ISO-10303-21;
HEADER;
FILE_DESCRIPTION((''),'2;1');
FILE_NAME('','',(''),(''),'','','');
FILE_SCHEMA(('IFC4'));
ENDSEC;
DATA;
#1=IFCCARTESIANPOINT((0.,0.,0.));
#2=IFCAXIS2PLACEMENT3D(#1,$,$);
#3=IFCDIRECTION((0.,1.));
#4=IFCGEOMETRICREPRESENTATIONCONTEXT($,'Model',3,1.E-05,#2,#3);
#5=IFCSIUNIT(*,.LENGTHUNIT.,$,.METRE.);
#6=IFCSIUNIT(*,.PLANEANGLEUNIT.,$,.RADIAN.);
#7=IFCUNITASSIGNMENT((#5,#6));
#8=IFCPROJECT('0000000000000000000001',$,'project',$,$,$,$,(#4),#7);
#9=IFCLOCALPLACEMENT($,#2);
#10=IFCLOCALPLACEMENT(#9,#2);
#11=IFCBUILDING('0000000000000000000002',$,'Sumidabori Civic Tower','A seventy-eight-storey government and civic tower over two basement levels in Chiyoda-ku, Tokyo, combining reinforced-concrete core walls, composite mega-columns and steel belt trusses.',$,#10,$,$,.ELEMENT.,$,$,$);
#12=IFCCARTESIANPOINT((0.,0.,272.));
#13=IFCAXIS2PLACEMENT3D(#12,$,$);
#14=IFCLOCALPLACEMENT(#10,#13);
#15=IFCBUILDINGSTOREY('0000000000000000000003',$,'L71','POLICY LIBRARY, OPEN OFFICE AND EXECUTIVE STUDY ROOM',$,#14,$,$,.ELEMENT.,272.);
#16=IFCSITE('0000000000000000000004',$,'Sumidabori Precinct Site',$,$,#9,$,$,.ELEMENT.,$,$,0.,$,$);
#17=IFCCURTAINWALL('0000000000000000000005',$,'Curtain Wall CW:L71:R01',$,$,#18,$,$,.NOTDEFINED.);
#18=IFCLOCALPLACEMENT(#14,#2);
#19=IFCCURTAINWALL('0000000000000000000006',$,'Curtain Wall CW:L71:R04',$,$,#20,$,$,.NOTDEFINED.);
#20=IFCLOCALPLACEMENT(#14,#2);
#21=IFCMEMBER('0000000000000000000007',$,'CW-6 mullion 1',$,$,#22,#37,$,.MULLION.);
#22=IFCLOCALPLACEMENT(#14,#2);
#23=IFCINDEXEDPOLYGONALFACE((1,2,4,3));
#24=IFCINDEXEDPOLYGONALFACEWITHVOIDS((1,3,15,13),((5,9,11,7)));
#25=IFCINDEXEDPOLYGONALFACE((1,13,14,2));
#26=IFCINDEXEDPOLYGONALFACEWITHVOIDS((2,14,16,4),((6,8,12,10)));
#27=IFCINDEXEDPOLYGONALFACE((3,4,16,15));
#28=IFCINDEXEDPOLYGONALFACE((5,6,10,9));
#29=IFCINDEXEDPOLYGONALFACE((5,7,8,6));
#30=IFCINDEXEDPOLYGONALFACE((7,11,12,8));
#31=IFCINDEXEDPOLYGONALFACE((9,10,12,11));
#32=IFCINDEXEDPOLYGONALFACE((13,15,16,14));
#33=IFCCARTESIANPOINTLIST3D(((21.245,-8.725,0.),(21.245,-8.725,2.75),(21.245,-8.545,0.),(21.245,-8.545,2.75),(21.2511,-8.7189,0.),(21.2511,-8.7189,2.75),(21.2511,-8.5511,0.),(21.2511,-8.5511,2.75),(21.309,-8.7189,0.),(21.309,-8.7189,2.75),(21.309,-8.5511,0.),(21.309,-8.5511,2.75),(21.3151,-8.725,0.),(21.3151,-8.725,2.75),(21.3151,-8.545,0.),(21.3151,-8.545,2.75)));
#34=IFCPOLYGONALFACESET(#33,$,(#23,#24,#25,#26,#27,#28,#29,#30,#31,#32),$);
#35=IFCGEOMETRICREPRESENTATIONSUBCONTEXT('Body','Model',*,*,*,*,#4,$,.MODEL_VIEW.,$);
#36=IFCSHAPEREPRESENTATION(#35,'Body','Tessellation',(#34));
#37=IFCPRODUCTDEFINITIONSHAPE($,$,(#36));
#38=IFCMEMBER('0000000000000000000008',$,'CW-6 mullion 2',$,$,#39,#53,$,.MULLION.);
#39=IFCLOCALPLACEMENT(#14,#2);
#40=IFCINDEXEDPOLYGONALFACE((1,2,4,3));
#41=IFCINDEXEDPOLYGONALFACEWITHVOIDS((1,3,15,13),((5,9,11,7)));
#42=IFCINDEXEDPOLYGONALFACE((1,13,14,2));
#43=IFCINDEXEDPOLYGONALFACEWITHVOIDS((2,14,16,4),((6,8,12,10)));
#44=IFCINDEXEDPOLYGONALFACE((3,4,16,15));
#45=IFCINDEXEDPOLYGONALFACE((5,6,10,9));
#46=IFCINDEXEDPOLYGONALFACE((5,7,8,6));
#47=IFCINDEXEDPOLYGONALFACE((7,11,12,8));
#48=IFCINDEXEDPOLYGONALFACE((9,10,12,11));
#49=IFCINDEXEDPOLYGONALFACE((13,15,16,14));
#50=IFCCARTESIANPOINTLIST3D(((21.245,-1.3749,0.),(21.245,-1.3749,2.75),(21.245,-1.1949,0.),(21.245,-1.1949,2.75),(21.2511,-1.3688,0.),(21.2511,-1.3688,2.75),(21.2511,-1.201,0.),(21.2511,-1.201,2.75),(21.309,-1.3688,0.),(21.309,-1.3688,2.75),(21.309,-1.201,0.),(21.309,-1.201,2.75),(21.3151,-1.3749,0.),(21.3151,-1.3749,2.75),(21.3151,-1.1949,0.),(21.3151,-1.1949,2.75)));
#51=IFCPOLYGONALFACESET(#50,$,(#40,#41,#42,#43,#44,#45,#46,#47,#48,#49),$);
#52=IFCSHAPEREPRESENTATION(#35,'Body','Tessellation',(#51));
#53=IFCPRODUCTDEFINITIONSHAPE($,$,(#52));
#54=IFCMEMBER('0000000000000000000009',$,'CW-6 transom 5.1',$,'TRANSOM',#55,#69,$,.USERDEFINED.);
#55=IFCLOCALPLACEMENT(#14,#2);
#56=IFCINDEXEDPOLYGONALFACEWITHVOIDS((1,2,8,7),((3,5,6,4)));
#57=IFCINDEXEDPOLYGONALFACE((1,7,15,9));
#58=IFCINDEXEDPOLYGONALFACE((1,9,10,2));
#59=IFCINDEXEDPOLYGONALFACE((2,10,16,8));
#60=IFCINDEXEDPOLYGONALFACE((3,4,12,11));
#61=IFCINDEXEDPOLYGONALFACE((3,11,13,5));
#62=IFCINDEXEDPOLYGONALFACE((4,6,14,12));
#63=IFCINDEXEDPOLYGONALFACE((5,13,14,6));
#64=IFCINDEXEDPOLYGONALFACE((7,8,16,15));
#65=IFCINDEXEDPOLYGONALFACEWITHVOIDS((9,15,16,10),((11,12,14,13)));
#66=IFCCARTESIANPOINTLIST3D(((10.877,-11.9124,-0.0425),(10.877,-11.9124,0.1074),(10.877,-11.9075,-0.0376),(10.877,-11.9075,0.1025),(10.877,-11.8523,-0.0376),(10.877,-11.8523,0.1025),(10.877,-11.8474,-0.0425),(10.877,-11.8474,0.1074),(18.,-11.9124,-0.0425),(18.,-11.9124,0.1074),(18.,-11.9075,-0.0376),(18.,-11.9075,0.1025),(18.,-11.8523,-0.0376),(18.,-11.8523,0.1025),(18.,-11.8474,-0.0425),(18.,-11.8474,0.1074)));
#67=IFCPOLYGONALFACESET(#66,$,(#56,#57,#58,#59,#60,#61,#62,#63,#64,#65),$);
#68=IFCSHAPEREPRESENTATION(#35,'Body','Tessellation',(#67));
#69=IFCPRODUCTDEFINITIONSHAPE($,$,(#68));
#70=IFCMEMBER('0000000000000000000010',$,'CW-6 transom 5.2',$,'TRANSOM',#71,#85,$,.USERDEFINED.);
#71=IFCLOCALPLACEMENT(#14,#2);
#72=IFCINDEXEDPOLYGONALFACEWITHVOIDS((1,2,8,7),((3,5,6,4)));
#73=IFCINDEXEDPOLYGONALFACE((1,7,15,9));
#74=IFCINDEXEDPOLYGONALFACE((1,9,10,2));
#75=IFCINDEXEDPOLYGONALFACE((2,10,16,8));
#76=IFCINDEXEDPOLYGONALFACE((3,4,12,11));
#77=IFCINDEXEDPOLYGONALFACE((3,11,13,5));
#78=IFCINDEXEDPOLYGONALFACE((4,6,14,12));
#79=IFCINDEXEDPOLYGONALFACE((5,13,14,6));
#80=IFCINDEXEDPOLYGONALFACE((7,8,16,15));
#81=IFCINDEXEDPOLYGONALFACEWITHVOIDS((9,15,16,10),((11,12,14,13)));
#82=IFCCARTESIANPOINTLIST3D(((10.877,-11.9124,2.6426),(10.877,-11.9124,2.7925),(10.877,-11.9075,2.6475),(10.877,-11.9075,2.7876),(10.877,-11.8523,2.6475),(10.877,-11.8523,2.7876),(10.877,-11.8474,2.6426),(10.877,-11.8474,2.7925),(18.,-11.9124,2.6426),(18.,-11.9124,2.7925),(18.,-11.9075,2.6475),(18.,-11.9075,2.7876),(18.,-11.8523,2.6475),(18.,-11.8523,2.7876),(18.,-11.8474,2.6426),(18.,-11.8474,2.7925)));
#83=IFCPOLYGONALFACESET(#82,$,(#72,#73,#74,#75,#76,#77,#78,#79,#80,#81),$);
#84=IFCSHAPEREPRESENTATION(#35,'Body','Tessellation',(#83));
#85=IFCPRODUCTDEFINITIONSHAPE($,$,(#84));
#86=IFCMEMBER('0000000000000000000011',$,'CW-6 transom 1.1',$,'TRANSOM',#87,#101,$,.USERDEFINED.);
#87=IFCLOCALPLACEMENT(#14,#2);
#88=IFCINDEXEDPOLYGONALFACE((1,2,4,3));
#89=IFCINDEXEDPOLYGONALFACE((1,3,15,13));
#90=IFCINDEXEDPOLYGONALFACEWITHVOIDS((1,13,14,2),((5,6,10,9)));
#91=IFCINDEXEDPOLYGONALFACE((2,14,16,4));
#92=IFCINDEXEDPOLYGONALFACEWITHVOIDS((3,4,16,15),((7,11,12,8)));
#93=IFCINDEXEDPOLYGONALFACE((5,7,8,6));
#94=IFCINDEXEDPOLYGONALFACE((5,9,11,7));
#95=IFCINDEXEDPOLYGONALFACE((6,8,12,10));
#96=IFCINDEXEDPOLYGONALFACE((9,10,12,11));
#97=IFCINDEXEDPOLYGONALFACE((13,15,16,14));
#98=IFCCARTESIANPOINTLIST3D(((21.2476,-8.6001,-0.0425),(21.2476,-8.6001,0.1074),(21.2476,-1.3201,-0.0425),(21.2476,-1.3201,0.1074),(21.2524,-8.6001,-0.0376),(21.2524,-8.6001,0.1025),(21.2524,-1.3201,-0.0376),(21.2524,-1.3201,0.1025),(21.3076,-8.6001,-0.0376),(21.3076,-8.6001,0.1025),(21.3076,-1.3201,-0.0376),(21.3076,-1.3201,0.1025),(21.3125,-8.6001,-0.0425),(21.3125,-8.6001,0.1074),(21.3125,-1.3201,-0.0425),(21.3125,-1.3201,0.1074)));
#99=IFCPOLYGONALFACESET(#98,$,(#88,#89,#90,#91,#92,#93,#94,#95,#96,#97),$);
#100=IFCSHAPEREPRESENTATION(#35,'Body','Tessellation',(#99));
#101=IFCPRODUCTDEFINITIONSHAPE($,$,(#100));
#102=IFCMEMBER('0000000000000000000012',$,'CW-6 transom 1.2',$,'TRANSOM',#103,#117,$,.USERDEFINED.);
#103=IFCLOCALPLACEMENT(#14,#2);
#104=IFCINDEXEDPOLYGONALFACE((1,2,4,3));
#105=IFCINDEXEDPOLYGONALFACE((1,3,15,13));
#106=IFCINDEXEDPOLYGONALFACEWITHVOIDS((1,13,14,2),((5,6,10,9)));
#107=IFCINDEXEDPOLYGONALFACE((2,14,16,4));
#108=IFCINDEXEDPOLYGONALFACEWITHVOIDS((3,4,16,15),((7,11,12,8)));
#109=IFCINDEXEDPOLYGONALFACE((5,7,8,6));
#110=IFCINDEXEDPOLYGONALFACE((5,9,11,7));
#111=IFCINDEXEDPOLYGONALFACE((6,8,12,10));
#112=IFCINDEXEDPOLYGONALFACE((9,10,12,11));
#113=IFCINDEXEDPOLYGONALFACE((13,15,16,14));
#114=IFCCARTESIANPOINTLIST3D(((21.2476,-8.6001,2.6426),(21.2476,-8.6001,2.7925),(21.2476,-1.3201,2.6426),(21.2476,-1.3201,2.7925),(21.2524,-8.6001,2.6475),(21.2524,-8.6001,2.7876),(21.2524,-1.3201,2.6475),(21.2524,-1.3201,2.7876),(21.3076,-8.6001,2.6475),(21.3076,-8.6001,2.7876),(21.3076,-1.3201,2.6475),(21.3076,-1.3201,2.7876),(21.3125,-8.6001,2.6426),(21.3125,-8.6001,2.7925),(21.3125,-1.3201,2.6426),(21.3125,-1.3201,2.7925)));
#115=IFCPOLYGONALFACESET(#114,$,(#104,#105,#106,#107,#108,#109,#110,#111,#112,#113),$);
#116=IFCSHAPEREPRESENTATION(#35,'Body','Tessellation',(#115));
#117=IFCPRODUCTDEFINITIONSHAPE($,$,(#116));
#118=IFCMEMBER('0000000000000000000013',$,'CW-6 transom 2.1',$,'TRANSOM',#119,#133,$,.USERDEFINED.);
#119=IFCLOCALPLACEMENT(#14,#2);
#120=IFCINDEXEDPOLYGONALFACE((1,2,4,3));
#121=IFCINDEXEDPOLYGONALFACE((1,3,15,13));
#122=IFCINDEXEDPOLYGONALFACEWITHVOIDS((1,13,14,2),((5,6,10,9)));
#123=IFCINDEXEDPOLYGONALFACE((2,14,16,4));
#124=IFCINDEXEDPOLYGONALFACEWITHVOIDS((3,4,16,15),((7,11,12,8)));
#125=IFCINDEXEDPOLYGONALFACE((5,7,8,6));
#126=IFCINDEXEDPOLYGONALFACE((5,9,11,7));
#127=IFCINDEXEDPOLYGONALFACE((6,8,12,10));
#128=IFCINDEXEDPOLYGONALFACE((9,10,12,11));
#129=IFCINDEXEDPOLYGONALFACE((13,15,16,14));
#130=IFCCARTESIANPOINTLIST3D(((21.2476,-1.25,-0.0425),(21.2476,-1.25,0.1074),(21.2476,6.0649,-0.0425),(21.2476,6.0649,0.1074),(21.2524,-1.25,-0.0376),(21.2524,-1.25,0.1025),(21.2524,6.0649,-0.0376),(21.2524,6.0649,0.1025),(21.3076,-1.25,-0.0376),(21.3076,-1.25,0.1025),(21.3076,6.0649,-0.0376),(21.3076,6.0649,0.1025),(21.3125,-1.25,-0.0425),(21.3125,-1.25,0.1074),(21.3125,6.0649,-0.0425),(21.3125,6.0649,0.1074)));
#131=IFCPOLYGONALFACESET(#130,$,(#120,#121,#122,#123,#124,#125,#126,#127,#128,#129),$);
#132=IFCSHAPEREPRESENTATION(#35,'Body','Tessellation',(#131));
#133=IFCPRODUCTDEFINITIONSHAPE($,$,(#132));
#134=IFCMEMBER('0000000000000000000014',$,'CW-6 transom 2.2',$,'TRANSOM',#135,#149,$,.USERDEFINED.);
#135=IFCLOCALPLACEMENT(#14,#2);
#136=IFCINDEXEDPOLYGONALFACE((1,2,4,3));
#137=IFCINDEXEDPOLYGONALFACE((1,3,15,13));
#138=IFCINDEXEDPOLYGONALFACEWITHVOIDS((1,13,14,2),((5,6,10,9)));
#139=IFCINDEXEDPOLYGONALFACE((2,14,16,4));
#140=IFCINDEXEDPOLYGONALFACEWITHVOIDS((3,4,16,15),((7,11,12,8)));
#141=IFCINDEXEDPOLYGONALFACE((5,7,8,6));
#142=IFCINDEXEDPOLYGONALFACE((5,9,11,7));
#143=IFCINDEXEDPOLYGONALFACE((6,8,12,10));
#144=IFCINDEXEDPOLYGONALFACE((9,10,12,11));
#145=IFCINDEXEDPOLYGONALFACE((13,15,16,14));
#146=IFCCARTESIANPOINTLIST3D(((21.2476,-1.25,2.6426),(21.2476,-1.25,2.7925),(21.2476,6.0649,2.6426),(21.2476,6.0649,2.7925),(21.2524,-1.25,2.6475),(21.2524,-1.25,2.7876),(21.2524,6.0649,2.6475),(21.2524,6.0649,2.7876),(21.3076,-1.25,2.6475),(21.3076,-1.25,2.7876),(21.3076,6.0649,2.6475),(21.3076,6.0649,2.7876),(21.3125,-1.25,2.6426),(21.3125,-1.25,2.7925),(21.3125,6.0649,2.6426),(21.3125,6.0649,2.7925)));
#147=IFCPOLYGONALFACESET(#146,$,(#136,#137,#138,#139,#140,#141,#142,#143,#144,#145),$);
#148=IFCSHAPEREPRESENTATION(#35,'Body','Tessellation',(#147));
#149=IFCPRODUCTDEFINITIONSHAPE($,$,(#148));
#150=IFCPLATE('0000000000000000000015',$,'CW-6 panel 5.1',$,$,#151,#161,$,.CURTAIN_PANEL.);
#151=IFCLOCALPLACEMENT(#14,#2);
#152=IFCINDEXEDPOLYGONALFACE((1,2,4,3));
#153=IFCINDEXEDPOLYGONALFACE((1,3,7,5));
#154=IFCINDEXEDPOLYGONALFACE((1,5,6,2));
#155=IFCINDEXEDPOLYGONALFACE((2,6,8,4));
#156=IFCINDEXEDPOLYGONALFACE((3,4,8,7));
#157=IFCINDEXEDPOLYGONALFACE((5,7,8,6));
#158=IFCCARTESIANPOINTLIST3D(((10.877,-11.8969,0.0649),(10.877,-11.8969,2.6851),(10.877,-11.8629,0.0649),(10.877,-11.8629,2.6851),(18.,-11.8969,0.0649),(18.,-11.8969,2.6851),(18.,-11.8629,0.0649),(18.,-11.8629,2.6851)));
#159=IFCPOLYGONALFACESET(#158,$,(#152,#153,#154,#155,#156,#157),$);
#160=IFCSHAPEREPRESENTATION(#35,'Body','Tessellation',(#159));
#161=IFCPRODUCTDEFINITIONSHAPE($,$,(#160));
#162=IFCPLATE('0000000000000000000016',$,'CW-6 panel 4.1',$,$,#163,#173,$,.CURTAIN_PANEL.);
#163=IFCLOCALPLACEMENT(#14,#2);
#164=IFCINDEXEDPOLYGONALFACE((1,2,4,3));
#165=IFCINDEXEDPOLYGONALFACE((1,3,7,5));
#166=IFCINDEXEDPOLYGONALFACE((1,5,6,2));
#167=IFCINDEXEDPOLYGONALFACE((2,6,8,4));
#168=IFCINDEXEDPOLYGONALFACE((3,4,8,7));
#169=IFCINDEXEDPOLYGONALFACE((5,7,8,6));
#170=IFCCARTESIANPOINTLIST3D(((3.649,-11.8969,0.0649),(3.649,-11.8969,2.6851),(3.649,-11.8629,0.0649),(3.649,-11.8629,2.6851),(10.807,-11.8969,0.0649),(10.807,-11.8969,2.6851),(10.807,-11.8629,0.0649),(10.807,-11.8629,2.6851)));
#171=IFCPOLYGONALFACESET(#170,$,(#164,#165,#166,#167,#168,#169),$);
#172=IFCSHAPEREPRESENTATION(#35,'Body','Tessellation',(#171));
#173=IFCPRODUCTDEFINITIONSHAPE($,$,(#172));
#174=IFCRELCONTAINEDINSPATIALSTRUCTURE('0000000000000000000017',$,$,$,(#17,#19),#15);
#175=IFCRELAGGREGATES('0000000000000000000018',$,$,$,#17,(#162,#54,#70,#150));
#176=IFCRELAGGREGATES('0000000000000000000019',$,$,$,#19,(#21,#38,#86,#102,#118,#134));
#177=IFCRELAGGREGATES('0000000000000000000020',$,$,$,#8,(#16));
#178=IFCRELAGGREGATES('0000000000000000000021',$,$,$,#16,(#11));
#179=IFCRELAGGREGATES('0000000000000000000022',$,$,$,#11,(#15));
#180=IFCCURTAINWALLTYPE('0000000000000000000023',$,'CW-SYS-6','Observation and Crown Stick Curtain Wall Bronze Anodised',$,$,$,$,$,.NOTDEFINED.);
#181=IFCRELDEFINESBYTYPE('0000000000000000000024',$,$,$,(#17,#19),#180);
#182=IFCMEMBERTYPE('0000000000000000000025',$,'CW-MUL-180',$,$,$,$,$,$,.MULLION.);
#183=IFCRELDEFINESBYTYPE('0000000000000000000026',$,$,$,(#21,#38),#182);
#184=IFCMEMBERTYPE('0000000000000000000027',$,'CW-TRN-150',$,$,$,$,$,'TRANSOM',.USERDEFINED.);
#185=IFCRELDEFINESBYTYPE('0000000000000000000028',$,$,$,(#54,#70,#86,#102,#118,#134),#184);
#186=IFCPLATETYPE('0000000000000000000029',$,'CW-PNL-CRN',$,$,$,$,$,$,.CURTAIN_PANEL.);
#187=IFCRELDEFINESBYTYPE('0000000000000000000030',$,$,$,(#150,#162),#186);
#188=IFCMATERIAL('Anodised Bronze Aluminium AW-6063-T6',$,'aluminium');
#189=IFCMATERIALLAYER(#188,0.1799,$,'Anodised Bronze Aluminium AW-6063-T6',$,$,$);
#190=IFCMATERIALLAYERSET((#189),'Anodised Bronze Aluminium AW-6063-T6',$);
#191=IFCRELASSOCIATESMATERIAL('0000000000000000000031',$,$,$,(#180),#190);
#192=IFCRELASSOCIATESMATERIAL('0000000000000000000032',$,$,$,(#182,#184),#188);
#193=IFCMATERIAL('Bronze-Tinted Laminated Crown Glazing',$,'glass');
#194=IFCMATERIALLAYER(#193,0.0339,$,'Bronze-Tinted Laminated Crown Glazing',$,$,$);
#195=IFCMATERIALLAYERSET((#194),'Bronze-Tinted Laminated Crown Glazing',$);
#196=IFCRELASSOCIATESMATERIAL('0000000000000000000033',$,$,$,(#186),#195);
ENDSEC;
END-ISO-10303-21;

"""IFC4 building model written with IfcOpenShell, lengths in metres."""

from ifc_helpers import new_model, si_unit, direction, frame, origin, origin_2d, place, context, subcontext, project, spatial, rectangle, hollow_rectangle, extrude, source, transform, mapped, material, layer, layer_set, material_profile, profile_set, type_object, element, aggregate, save


model = new_model("IFC4")

# Units and contexts
model_context = context("Model", 3, precision=1e-05, world=origin(), true_north=direction((0.0, 1.0)))
body_context = subcontext(model_context, "Body", "Model", "MODEL_VIEW")
ifc_project = project(units=[si_unit("LENGTHUNIT", "METRE"), si_unit("PLANEANGLEUNIT", "RADIAN")], contexts=[model_context])

# Site, building, storey
site_placement = place(None, origin())
site = spatial("IfcSite", under=ifc_project, at=site_placement, Name="Sumidabori Precinct Site", CompositionType="ELEMENT", RefElevation=0.0)
building_placement = place(site_placement, origin())
building = spatial("IfcBuilding", under=site, at=building_placement, Name="Sumidabori Civic Tower", Description="A seventy-eight-storey government and civic tower over two basement levels in Chiyoda-ku, Tokyo, combining reinforced-concrete core walls, composite mega-columns and steel belt trusses.", CompositionType="ELEMENT")
storey_placement = place(building_placement, frame((0.0, 0.0, 272.0)))
storey = spatial("IfcBuildingStorey", under=building, at=storey_placement, Name="L71", Description="POLICY LIBRARY, OPEN OFFICE AND EXECUTIVE STUDY ROOM", CompositionType="ELEMENT", Elevation=272.0)

# Curtain walls, members
ifc_material_1 = material(Name="Anodised Bronze Aluminium AW-6063-T6", Category="aluminium")
ifc_layer_1 = layer(ifc_material_1, 0.1799, Name="Anodised Bronze Aluminium AW-6063-T6")
ifc_layer_set_1 = layer_set([ifc_layer_1], Name="Anodised Bronze Aluminium AW-6063-T6")
curtain_wall_type = type_object("IfcCurtainWallType", Name="CW-SYS-6", Description="Observation and Crown Stick Curtain Wall Bronze Anodised", PredefinedType="NOTDEFINED", material=ifc_layer_set_1)
curtain_wall_1_placement = place(storey_placement, origin())
curtain_wall_1 = element("IfcCurtainWall", 1, at=curtain_wall_1_placement, inside=storey, type_object=curtain_wall_type, Name="Curtain Wall CW:L71:R01", PredefinedType="NOTDEFINED")
ifc_material_profile_1 = material_profile(ifc_material_1, hollow_rectangle(XDim=0.0701, YDim=0.1799, WallThickness=0.0061, at=origin_2d()), Name="ALU MULLION 180x70")
ifc_profile_set_1 = profile_set([ifc_material_profile_1], Name="Anodised Bronze Aluminium AW-6063-T6")
member_type_1 = type_object("IfcMemberType", Name="CW-MUL-180", PredefinedType="MULLION", material=ifc_profile_set_1)
shared_shape_1 = source(origin(), body_context, "Body", "SweptSolid", [
    extrude(hollow_rectangle(XDim=0.0701, YDim=0.1799, WallThickness=0.0061, at=origin_2d()), origin(), (0.0, 0.0, 1.0), 2.75),
])
curtain_wall_2_placement = place(storey_placement, origin())
curtain_wall_2 = element("IfcCurtainWall", 2, at=curtain_wall_2_placement, inside=storey, type_object=curtain_wall_type, Name="Curtain Wall CW:L71:R04", PredefinedType="NOTDEFINED")
member_1_placement = place(storey_placement, frame((21.28, -8.635, 0.0), z_axis=(0.0, 0.0, 1.0), x_axis=(-1.0, 0.0, 0.0)))
member_1 = element("IfcMember", 3, at=member_1_placement, type_object=member_type_1, Name="CW-6 mullion 1", PredefinedType="MULLION", context=body_context, shape_type="MappedRepresentation", body=[
    mapped(shared_shape_1, transform((0.0, 0.0, 0.0), x_axis=(1.0, 0.0, 0.0), y_axis=(0.0, 1.0, 0.0), z_axis=(0.0, 0.0, 1.0), scale=1.0)),
])
member_2_placement = place(storey_placement, frame((21.28, -1.2849, 0.0), z_axis=(0.0, 0.0, 1.0), x_axis=(-1.0, 0.0, 0.0)))
member_2 = element("IfcMember", 4, at=member_2_placement, type_object=member_type_1, Name="CW-6 mullion 2", PredefinedType="MULLION", context=body_context, shape_type="MappedRepresentation", body=[
    mapped(shared_shape_1, transform((0.0, 0.0, 0.0), x_axis=(1.0, 0.0, 0.0), y_axis=(0.0, 1.0, 0.0), z_axis=(0.0, 0.0, 1.0), scale=1.0)),
])

# Members
ifc_material_profile_2 = material_profile(ifc_material_1, hollow_rectangle(XDim=0.0649, YDim=0.1499, WallThickness=0.0049, at=origin_2d()), Name="ALU TRANSOM 150x65")
ifc_profile_set_2 = profile_set([ifc_material_profile_2], Name="Anodised Bronze Aluminium AW-6063-T6")
member_type_2 = type_object("IfcMemberType", Name="CW-TRN-150", ElementType="TRANSOM", PredefinedType="USERDEFINED", material=ifc_profile_set_2)
shared_shape_2 = source(origin(), body_context, "Body", "SweptSolid", [
    extrude(hollow_rectangle(XDim=0.0649, YDim=0.1499, WallThickness=0.0049, at=origin_2d()), origin(), (0.0, 0.0, 1.0), 7.123),
])
member_3_placement = place(storey_placement, frame((10.877, -11.8799, 0.0325), z_axis=(1.0, 0.0, 0.0), x_axis=(0.0, 1.0, 0.0)))
member_3 = element("IfcMember", 5, at=member_3_placement, type_object=member_type_2, Name="CW-6 transom 5.1", ObjectType="TRANSOM", PredefinedType="USERDEFINED", context=body_context, shape_type="MappedRepresentation", body=[
    mapped(shared_shape_2, transform((0.0, 0.0, 0.0), x_axis=(1.0, 0.0, 0.0), y_axis=(0.0, 1.0, 0.0), z_axis=(0.0, 0.0, 1.0), scale=1.0)),
])
member_4_placement = place(storey_placement, frame((10.877, -11.8799, 2.7175), z_axis=(1.0, 0.0, 0.0), x_axis=(0.0, 1.0, 0.0)))
member_4 = element("IfcMember", 6, at=member_4_placement, type_object=member_type_2, Name="CW-6 transom 5.2", ObjectType="TRANSOM", PredefinedType="USERDEFINED", context=body_context, shape_type="MappedRepresentation", body=[
    mapped(shared_shape_2, transform((0.0, 0.0, 0.0), x_axis=(1.0, 0.0, 0.0), y_axis=(0.0, 1.0, 0.0), z_axis=(0.0, 0.0, 1.0), scale=1.0)),
])
shared_shape_3 = source(origin(), body_context, "Body", "SweptSolid", [
    extrude(hollow_rectangle(XDim=0.0649, YDim=0.1499, WallThickness=0.0049, at=origin_2d()), origin(), (0.0, 0.0, 1.0), 7.28),
])
member_5_placement = place(storey_placement, frame((21.28, -8.6001, 0.0325), z_axis=(0.0, 1.0, 0.0), x_axis=(-1.0, 0.0, 0.0)))
member_5 = element("IfcMember", 7, at=member_5_placement, type_object=member_type_2, Name="CW-6 transom 1.1", ObjectType="TRANSOM", PredefinedType="USERDEFINED", context=body_context, shape_type="MappedRepresentation", body=[
    mapped(shared_shape_3, transform((0.0, 0.0, 0.0), x_axis=(1.0, 0.0, 0.0), y_axis=(0.0, 1.0, 0.0), z_axis=(0.0, 0.0, 1.0), scale=1.0)),
])
member_6_placement = place(storey_placement, frame((21.28, -8.6001, 2.7175), z_axis=(0.0, 1.0, 0.0), x_axis=(-1.0, 0.0, 0.0)))
member_6 = element("IfcMember", 8, at=member_6_placement, type_object=member_type_2, Name="CW-6 transom 1.2", ObjectType="TRANSOM", PredefinedType="USERDEFINED", context=body_context, shape_type="MappedRepresentation", body=[
    mapped(shared_shape_3, transform((0.0, 0.0, 0.0), x_axis=(1.0, 0.0, 0.0), y_axis=(0.0, 1.0, 0.0), z_axis=(0.0, 0.0, 1.0), scale=1.0)),
])
shared_shape_4 = source(origin(), body_context, "Body", "SweptSolid", [
    extrude(hollow_rectangle(XDim=0.0649, YDim=0.1499, WallThickness=0.0049, at=origin_2d()), origin(), (0.0, 0.0, 1.0), 7.3149),
])
member_7_placement = place(storey_placement, frame((21.28, -1.25, 0.0325), z_axis=(0.0, 1.0, 0.0), x_axis=(-1.0, 0.0, 0.0)))
member_7 = element("IfcMember", 9, at=member_7_placement, type_object=member_type_2, Name="CW-6 transom 2.1", ObjectType="TRANSOM", PredefinedType="USERDEFINED", context=body_context, shape_type="MappedRepresentation", body=[
    mapped(shared_shape_4, transform((0.0, 0.0, 0.0), x_axis=(1.0, 0.0, 0.0), y_axis=(0.0, 1.0, 0.0), z_axis=(0.0, 0.0, 1.0), scale=1.0)),
])
member_8_placement = place(storey_placement, frame((21.28, -1.25, 2.7175), z_axis=(0.0, 1.0, 0.0), x_axis=(-1.0, 0.0, 0.0)))
member_8 = element("IfcMember", 10, at=member_8_placement, type_object=member_type_2, Name="CW-6 transom 2.2", ObjectType="TRANSOM", PredefinedType="USERDEFINED", context=body_context, shape_type="MappedRepresentation", body=[
    mapped(shared_shape_4, transform((0.0, 0.0, 0.0), x_axis=(1.0, 0.0, 0.0), y_axis=(0.0, 1.0, 0.0), z_axis=(0.0, 0.0, 1.0), scale=1.0)),
])

# Plates
ifc_material_2 = material(Name="Bronze-Tinted Laminated Crown Glazing", Category="glass")
ifc_layer_2 = layer(ifc_material_2, 0.0339, Name="Bronze-Tinted Laminated Crown Glazing")
ifc_layer_set_2 = layer_set([ifc_layer_2], Name="Bronze-Tinted Laminated Crown Glazing")
plate_type = type_object("IfcPlateType", Name="CW-PNL-CRN", PredefinedType="CURTAIN_PANEL", material=ifc_layer_set_2)
shared_shape_5 = source(origin(), body_context, "Body", "SweptSolid", [
    extrude(rectangle(XDim=7.123, YDim=0.0339, at=origin_2d()), origin(), (0.0, 0.0, 1.0), 2.6201),
])
plate_1_placement = place(storey_placement, frame((14.4385, -11.8799, 0.0649), z_axis=(0.0, 0.0, 1.0), x_axis=(1.0, 0.0, 0.0)))
plate_1 = element("IfcPlate", 11, at=plate_1_placement, type_object=plate_type, Name="CW-6 panel 5.1", PredefinedType="CURTAIN_PANEL", context=body_context, shape_type="MappedRepresentation", body=[
    mapped(shared_shape_5, transform((0.0, 0.0, 0.0), x_axis=(1.0, 0.0, 0.0), y_axis=(0.0, 1.0, 0.0), z_axis=(0.0, 0.0, 1.0), scale=1.0)),
])
shared_shape_6 = source(origin(), body_context, "Body", "SweptSolid", [
    extrude(rectangle(XDim=7.158, YDim=0.0339, at=origin_2d()), origin(), (0.0, 0.0, 1.0), 2.6201),
])
plate_2_placement = place(storey_placement, frame((7.228, -11.8799, 0.0649), z_axis=(0.0, 0.0, 1.0), x_axis=(1.0, 0.0, 0.0)))
plate_2 = element("IfcPlate", 12, at=plate_2_placement, type_object=plate_type, Name="CW-6 panel 4.1", PredefinedType="CURTAIN_PANEL", context=body_context, shape_type="MappedRepresentation", body=[
    mapped(shared_shape_6, transform((0.0, 0.0, 0.0), x_axis=(1.0, 0.0, 0.0), y_axis=(0.0, 1.0, 0.0), z_axis=(0.0, 0.0, 1.0), scale=1.0)),
])
aggregate(curtain_wall_1, [plate_2, member_3, member_4, plate_1])
aggregate(curtain_wall_2, [member_1, member_2, member_5, member_6, member_7, member_8])

save(model, "model.ifc")
